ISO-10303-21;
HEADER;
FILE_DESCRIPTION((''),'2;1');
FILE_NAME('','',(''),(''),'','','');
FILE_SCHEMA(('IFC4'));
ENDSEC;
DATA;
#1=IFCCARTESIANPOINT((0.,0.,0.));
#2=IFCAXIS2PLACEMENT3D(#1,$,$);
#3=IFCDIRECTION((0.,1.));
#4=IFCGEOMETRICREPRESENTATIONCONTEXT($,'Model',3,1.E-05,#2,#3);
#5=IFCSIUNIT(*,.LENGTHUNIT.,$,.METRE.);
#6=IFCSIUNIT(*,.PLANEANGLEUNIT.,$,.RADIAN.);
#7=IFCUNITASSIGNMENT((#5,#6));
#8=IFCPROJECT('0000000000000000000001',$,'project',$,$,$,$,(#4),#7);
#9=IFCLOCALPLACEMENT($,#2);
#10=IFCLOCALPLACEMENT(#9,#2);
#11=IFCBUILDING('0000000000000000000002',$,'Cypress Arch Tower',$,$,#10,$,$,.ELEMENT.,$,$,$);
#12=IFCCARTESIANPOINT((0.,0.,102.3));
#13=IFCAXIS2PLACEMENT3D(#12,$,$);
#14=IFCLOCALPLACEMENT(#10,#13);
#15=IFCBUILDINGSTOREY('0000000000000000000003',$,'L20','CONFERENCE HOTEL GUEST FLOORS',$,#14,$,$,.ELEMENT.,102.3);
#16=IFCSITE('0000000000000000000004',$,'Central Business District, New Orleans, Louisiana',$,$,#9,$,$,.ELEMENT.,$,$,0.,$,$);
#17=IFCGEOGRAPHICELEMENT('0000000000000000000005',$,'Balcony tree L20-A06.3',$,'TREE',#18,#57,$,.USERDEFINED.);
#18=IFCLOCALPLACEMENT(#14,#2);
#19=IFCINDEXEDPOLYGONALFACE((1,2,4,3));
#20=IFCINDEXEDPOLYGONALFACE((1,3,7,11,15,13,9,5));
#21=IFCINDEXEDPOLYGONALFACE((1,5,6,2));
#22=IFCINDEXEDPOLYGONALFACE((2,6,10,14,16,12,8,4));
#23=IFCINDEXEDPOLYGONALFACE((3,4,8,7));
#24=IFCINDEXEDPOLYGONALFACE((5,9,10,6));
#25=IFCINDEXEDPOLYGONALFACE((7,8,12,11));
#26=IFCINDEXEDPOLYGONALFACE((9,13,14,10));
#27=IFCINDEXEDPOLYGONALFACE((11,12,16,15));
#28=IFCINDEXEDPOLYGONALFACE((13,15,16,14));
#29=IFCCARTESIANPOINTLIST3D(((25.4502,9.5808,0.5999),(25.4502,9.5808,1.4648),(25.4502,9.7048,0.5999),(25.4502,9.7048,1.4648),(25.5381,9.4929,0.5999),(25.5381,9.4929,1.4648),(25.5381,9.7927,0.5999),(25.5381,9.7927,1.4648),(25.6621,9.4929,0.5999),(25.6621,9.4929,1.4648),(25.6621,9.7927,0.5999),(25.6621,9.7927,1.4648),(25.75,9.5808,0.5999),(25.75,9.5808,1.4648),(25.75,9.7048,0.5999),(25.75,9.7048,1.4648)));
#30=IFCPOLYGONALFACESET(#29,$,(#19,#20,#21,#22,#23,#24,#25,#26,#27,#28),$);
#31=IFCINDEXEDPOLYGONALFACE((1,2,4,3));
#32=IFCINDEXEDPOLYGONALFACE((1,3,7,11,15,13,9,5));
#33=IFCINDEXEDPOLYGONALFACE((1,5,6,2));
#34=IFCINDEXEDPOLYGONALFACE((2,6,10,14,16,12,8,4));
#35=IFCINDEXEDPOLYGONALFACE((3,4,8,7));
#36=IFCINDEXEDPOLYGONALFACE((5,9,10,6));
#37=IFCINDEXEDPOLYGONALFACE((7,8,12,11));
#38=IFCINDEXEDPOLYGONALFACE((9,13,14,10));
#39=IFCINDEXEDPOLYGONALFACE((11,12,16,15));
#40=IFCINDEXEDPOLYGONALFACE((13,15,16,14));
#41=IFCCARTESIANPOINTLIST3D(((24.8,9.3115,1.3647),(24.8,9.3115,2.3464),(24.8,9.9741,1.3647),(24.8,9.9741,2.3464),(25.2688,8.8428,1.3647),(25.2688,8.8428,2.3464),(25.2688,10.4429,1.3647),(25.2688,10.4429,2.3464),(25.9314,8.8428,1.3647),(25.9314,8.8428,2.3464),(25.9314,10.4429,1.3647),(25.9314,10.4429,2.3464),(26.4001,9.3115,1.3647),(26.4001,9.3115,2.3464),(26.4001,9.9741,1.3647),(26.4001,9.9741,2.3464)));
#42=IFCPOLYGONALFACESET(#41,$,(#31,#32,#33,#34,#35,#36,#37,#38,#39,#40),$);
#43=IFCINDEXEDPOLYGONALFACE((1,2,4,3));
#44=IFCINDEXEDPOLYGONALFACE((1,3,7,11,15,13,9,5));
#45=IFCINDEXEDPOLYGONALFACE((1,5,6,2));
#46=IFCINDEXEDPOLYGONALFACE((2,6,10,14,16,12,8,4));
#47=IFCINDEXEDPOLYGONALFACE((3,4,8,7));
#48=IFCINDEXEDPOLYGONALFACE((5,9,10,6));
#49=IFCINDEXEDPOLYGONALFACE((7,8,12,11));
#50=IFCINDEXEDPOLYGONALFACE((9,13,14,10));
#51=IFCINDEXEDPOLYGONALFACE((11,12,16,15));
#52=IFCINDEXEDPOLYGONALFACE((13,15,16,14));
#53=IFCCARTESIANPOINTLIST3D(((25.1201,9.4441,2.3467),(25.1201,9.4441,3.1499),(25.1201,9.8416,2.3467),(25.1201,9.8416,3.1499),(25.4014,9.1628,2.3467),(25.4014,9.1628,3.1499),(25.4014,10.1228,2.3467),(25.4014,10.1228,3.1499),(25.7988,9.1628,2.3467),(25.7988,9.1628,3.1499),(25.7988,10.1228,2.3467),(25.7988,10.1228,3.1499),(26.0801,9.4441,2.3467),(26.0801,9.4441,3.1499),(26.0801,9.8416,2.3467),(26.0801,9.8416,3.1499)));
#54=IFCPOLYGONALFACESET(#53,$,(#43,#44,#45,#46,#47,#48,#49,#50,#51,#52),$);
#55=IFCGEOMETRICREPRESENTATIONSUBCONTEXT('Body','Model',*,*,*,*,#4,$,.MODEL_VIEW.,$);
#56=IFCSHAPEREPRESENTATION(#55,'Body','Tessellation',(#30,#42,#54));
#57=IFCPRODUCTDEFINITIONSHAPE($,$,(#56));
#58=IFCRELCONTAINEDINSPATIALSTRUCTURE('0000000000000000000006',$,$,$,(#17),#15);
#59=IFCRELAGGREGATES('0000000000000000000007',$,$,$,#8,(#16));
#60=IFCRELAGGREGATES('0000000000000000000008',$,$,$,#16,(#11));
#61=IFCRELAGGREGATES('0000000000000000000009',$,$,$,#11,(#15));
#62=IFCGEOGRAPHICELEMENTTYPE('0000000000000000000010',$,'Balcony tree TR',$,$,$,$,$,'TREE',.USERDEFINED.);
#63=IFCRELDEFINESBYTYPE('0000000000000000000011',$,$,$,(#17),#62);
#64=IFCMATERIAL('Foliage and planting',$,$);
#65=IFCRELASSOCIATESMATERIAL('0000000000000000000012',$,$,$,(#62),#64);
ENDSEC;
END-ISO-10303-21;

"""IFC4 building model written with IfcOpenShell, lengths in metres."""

from ifc_helpers import new_model, si_unit, direction, frame, origin, place, context, subcontext, project, spatial, polyline, outline, extrude, material, type_object, element, save


model = new_model("IFC4")

# Units and contexts
model_context = context("Model", 3, precision=1e-05, world=origin(), true_north=direction((0.0, 1.0)))
body_context = subcontext(model_context, "Body", "Model", "MODEL_VIEW")
ifc_project = project(units=[si_unit("LENGTHUNIT", "METRE"), si_unit("PLANEANGLEUNIT", "RADIAN")], contexts=[model_context])

# Site, building, storey
site_placement = place(None, origin())
site = spatial("IfcSite", under=ifc_project, at=site_placement, Name="Central Business District, New Orleans, Louisiana", CompositionType="ELEMENT", RefElevation=0.0)
building_placement = place(site_placement, origin())
building = spatial("IfcBuilding", under=site, at=building_placement, Name="Cypress Arch Tower", CompositionType="ELEMENT")
storey_placement = place(building_placement, frame((0.0, 0.0, 102.3)))
storey = spatial("IfcBuildingStorey", under=building, at=storey_placement, Name="L20", Description="CONFERENCE HOTEL GUEST FLOORS", CompositionType="ELEMENT", Elevation=102.3)

# Geographic element
ifc_material_1 = material(Name="Foliage and planting")
geographic_element_type = type_object("IfcGeographicElementType", Name="Balcony tree TR", ElementType="TREE", PredefinedType="USERDEFINED", material=ifc_material_1)
for number, where, z_axis, x_axis, name in (
    (1, (25.6001, 9.6428, 0.5999), (0.0, 0.0, 1.0), (1.0, 0.0, 0.0), "Balcony tree L20-A06.3"),
):
    element("IfcGeographicElement", number, at=place(storey_placement, frame(where, z_axis=z_axis, x_axis=x_axis)), inside=storey, type_object=geographic_element_type, Name=name, ObjectType="TREE", PredefinedType="USERDEFINED", context=body_context, shape_type="SweptSolid", body=[
        extrude(outline(polyline([(0.1499, 0.062), (0.062, 0.1499), (-0.062, 0.1499), (-0.1499, 0.062), (-0.1499, -0.062), (-0.062, -0.1499), (0.062, -0.1499), (0.1499, -0.062), (0.1499, 0.062)])), origin(), (0.0, 0.0, 1.0), 0.865),
        extrude(outline(polyline([(0.8, 0.3313), (0.3313, 0.8), (-0.3313, 0.8), (-0.8, 0.3313), (-0.8, -0.3313), (-0.3313, -0.8), (0.3313, -0.8), (0.8, -0.3313), (0.8, 0.3313)])), frame((0.0, 0.0, 0.7649)), (0.0, 0.0, 1.0), 0.9817),
        extrude(outline(polyline([(0.48, 0.1987), (0.1987, 0.48), (-0.1987, 0.48), (-0.48, 0.1987), (-0.48, -0.1987), (-0.1987, -0.48), (0.1987, -0.48), (0.48, -0.1987), (0.48, 0.1987)])), frame((0.0, 0.0, 1.7468)), (0.0, 0.0, 1.0), 0.8032),
    ])

save(model, "model.ifc")
